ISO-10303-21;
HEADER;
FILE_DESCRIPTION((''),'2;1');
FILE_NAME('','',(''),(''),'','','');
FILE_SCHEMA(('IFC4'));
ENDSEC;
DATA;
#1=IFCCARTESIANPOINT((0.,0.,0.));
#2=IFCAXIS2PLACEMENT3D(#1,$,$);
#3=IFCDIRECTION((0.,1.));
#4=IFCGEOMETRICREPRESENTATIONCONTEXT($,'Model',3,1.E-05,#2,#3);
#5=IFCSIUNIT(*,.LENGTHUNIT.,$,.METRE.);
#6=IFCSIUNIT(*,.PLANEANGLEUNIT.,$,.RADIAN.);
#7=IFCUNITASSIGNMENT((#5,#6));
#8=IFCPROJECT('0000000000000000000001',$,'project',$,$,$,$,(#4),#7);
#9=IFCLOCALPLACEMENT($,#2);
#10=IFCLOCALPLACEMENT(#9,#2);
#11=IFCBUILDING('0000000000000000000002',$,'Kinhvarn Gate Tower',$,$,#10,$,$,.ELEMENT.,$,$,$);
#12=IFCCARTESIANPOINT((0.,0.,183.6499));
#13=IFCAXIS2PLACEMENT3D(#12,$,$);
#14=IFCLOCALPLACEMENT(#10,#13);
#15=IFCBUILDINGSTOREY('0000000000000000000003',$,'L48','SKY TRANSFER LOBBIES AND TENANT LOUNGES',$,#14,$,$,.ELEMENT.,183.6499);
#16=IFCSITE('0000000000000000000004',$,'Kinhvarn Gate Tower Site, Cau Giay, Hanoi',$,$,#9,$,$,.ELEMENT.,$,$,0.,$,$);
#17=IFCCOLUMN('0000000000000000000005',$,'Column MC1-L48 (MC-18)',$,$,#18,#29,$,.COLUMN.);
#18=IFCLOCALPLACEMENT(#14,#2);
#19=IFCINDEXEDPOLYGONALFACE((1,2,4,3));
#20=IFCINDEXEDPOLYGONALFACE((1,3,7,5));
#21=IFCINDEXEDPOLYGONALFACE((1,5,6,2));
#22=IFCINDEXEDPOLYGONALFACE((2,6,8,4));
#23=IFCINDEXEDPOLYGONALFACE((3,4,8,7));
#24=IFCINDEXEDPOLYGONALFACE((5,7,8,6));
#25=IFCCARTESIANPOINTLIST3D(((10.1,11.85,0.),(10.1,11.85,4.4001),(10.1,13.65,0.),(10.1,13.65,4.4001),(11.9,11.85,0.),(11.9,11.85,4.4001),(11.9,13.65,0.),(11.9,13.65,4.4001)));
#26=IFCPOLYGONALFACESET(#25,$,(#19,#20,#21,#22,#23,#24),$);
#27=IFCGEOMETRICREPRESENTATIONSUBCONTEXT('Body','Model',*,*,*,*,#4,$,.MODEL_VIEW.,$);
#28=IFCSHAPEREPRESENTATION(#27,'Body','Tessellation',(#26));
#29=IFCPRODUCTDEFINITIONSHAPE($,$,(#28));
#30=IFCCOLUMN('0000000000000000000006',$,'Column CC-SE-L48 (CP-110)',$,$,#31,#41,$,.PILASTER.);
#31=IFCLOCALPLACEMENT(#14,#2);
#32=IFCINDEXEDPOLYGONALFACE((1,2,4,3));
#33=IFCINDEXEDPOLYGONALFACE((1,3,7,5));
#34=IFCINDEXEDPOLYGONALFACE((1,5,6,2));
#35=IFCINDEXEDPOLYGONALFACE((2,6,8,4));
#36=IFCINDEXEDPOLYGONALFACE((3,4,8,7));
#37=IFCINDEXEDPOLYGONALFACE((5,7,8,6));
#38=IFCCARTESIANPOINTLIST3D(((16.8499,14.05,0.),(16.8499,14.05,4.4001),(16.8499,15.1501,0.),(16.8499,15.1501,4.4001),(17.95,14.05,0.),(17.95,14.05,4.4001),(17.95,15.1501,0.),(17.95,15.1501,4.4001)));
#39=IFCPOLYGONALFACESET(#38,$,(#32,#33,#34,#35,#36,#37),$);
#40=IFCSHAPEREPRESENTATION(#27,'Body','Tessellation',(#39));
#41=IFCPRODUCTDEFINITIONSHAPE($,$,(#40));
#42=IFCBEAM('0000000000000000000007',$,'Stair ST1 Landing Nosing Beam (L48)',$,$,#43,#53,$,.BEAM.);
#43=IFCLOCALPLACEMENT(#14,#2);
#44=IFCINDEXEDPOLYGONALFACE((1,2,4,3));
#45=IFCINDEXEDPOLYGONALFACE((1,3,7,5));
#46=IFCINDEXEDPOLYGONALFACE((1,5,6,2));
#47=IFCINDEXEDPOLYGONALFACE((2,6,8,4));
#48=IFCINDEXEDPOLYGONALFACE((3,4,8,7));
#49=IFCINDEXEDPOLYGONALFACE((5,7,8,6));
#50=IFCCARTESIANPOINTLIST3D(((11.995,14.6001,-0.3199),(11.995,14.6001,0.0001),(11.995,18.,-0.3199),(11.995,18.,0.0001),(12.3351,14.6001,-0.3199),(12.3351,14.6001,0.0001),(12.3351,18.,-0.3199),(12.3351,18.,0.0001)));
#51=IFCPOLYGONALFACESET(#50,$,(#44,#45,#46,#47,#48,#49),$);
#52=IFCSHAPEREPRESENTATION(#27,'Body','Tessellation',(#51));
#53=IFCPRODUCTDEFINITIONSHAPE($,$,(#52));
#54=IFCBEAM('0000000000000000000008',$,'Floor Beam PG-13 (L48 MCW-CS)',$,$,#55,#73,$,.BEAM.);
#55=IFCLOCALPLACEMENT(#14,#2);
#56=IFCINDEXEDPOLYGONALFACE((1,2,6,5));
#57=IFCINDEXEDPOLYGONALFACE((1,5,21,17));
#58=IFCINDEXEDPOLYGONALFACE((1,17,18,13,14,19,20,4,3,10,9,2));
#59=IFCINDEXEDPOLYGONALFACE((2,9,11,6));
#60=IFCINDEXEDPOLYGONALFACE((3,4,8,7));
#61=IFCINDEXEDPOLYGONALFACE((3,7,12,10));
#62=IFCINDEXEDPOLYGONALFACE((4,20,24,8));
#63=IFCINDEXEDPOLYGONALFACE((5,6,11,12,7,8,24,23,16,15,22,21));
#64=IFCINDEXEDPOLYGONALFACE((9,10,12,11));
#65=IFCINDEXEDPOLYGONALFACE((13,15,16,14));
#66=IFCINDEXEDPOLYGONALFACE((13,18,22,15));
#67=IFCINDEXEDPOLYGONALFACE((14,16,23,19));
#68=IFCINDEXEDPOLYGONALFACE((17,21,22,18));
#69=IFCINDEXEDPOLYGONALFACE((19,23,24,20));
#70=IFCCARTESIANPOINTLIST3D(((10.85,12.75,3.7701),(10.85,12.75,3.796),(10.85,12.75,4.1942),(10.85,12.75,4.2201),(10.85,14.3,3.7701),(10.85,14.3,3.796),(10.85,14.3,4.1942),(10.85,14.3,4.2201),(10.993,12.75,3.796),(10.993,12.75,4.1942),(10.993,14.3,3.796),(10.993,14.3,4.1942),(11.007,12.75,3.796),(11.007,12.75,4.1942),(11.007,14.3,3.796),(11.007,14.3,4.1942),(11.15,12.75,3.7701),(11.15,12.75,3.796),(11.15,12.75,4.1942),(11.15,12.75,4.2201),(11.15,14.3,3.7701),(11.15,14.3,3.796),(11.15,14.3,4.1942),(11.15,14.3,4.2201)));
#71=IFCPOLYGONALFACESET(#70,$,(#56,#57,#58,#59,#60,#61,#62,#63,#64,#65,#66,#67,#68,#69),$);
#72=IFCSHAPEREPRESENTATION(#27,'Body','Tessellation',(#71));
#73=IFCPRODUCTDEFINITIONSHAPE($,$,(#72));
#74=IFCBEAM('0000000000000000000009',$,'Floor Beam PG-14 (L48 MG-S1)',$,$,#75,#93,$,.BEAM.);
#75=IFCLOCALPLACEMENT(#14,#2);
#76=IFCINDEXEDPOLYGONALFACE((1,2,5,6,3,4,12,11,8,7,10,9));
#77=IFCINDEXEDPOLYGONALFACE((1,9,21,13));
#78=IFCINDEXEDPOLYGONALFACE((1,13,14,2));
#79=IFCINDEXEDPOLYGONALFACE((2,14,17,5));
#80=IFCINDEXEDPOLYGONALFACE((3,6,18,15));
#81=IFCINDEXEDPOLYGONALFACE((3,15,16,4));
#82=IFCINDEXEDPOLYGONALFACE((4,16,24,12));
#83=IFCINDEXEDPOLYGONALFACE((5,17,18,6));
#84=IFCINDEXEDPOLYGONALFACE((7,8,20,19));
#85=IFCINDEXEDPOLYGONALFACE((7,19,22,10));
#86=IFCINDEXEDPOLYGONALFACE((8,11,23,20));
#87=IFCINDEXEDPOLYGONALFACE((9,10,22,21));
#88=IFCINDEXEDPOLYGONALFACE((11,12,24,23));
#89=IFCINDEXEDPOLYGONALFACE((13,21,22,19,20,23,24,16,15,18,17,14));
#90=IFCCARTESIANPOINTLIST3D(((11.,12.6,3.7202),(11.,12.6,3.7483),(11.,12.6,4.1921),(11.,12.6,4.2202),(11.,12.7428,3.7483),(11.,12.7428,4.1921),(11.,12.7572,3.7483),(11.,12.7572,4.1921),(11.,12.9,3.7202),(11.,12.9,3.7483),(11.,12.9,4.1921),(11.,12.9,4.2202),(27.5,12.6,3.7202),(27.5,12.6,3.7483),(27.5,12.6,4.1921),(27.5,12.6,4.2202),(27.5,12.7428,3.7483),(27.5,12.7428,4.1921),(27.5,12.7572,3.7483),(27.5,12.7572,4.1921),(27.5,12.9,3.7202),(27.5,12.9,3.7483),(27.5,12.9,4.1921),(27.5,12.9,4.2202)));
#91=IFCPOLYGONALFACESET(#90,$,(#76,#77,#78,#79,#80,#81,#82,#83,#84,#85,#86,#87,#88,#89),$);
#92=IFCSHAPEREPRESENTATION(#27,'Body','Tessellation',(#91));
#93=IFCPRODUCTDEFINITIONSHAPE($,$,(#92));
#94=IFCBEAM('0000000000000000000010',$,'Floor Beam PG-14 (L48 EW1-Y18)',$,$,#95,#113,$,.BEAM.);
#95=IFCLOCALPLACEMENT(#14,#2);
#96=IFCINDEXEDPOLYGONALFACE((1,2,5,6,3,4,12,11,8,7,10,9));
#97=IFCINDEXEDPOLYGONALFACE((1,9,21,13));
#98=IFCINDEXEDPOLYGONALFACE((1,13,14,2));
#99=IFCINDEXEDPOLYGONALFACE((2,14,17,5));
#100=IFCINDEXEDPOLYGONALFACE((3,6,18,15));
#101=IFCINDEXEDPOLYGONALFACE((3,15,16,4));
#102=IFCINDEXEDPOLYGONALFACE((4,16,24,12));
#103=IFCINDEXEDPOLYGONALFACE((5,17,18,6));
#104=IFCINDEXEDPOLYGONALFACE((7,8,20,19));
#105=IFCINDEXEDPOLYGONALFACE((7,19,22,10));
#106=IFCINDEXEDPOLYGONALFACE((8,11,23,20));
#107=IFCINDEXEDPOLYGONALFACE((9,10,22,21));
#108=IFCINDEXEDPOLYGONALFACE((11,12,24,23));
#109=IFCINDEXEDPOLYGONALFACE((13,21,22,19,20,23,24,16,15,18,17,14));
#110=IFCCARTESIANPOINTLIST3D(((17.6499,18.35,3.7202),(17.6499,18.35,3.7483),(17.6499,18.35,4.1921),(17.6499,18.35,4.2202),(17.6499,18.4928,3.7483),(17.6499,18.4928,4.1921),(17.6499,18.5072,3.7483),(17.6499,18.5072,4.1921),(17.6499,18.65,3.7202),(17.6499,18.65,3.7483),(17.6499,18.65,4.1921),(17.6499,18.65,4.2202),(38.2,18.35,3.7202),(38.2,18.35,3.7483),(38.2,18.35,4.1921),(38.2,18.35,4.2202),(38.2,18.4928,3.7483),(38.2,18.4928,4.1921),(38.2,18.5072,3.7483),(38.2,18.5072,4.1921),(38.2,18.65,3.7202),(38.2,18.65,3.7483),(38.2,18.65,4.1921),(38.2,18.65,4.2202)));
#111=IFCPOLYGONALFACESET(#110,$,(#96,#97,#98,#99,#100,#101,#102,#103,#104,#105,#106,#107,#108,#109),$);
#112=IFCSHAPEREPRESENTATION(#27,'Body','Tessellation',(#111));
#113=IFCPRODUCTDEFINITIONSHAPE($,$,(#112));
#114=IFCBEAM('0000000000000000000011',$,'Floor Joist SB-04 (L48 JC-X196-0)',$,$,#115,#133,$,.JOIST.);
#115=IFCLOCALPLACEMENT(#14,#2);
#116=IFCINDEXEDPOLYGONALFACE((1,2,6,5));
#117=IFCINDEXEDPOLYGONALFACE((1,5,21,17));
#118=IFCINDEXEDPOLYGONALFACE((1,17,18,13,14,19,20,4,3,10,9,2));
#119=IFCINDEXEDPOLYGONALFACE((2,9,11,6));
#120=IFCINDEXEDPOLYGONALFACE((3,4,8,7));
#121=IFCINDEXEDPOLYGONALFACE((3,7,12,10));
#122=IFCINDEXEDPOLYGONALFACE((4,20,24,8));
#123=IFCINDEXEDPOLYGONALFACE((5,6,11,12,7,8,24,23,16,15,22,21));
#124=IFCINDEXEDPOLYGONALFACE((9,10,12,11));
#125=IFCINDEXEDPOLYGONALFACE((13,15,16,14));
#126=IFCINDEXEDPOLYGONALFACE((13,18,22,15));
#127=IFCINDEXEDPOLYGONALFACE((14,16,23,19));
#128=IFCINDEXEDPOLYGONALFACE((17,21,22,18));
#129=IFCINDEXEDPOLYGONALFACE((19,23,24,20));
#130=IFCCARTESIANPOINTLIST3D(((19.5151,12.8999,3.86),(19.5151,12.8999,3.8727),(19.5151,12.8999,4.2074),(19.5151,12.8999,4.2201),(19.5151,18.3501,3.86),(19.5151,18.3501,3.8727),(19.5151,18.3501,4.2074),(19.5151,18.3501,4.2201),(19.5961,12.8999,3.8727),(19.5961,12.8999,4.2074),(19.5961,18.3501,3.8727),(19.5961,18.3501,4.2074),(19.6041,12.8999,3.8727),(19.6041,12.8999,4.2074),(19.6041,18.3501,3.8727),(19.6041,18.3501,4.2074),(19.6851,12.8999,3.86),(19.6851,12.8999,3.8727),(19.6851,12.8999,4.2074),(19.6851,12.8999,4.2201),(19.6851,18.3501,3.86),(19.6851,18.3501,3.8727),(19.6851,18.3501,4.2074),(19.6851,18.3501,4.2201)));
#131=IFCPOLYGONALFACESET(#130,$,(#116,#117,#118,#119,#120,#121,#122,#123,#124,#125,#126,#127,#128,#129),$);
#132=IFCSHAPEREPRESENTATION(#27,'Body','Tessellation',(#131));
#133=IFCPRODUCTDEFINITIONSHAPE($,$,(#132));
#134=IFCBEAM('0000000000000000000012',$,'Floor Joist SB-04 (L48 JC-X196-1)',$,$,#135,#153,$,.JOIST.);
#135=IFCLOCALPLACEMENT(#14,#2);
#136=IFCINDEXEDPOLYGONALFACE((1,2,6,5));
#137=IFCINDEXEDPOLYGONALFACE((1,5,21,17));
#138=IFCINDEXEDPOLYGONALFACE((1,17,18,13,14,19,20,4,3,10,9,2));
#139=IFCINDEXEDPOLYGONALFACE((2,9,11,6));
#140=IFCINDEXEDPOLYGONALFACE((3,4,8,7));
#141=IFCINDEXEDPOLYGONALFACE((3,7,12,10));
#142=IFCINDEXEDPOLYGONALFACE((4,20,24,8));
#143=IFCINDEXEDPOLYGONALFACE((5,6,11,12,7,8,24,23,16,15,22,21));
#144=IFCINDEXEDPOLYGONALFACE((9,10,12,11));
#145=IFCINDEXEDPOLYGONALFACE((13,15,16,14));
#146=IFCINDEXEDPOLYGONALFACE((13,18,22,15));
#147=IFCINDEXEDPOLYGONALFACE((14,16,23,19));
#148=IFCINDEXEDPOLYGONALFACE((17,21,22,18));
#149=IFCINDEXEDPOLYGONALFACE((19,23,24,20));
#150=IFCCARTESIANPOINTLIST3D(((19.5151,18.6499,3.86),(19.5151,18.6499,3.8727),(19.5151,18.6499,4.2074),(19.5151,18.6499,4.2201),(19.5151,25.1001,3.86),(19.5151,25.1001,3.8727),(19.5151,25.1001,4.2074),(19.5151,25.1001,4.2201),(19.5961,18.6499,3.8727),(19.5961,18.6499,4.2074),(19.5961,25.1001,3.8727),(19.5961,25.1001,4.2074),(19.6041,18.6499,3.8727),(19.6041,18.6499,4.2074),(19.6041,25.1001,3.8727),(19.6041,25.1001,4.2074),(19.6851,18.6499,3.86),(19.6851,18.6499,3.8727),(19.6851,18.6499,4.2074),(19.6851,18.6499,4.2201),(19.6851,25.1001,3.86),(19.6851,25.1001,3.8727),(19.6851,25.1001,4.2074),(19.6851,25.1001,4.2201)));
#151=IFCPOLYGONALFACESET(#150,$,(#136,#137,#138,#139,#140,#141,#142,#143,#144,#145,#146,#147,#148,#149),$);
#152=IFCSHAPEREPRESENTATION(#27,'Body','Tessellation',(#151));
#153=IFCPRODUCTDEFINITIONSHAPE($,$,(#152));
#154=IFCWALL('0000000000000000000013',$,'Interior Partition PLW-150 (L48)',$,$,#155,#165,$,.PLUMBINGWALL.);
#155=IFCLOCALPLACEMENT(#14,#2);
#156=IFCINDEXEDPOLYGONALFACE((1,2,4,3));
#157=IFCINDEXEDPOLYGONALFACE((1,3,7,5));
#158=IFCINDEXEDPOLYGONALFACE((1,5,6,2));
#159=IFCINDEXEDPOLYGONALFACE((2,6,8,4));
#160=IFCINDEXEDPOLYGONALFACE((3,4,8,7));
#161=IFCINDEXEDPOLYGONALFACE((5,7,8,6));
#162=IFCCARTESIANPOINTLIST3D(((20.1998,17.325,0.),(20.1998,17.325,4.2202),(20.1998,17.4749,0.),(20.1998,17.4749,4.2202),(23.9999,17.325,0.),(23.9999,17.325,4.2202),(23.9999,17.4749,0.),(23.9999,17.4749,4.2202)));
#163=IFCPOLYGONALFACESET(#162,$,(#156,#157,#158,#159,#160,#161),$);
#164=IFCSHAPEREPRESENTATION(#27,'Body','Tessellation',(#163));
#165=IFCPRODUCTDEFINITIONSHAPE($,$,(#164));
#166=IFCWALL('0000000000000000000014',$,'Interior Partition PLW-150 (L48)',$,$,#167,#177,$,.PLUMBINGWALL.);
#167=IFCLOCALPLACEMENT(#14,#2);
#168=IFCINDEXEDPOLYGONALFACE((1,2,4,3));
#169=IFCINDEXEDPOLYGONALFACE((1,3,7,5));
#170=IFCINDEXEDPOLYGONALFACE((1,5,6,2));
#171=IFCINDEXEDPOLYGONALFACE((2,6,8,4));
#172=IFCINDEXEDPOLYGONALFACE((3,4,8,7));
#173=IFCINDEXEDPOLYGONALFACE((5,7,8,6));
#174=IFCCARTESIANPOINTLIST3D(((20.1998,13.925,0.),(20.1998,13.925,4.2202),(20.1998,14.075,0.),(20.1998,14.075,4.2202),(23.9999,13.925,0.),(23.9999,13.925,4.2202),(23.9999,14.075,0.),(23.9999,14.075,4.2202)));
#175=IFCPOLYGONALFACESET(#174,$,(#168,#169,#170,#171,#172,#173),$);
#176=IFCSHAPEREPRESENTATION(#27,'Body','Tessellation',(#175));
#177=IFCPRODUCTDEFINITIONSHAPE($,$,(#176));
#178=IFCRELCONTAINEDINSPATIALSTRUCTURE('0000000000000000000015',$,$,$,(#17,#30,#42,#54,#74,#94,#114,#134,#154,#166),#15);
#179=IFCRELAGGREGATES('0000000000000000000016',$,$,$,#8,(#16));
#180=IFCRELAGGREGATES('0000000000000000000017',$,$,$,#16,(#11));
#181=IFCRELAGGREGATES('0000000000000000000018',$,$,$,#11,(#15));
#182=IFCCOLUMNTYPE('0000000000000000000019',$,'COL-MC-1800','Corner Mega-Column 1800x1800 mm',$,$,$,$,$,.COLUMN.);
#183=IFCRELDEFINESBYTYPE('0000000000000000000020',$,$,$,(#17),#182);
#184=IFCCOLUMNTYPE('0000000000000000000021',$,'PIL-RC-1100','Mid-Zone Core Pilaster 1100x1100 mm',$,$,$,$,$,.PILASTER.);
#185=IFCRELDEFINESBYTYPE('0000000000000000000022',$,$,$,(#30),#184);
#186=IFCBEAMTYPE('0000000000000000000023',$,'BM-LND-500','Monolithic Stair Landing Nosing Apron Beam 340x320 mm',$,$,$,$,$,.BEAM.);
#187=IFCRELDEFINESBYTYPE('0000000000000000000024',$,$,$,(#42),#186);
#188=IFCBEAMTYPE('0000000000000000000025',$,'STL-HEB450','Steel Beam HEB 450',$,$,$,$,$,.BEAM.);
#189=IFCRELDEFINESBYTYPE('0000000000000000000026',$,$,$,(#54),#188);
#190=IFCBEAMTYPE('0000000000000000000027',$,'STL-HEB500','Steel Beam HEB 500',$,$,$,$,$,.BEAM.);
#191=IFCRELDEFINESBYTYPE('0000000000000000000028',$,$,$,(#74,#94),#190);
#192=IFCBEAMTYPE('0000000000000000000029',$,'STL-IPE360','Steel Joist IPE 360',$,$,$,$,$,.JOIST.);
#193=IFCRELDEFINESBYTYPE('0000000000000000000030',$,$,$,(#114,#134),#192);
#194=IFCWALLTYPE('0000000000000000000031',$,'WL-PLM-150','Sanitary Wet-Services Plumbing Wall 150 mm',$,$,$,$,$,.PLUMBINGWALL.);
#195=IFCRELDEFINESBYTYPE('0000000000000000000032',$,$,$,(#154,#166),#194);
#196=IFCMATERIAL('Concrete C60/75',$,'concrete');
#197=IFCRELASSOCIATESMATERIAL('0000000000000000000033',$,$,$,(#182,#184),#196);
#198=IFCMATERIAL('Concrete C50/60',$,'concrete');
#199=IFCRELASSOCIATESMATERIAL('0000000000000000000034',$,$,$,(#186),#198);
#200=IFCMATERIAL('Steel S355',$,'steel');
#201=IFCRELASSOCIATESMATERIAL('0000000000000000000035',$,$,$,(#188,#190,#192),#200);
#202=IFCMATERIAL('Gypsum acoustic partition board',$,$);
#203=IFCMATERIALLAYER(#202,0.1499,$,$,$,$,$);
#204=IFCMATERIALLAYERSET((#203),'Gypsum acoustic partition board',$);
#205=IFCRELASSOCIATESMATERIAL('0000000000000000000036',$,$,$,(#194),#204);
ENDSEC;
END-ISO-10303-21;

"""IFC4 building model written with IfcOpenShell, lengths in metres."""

from ifc_helpers import new_model, si_unit, direction, frame, frame_2d, origin, origin_2d, place, context, subcontext, project, spatial, rectangle, i_section, extrude, material, layer, layer_set, material_profile, profile_set, type_object, element, save


model = new_model("IFC4")

# Units and contexts
model_context = context("Model", 3, precision=1e-05, world=origin(), true_north=direction((0.0, 1.0)))
body_context = subcontext(model_context, "Body", "Model", "MODEL_VIEW")
ifc_project = project(units=[si_unit("LENGTHUNIT", "METRE"), si_unit("PLANEANGLEUNIT", "RADIAN")], contexts=[model_context])

# Site, building, storey
site_placement = place(None, origin())
site = spatial("IfcSite", under=ifc_project, at=site_placement, Name="Kinhvarn Gate Tower Site, Cau Giay, Hanoi", CompositionType="ELEMENT", RefElevation=0.0)
building_placement = place(site_placement, origin())
building = spatial("IfcBuilding", under=site, at=building_placement, Name="Kinhvarn Gate Tower", CompositionType="ELEMENT")
storey_placement = place(building_placement, frame((0.0, 0.0, 183.6499)))
storey = spatial("IfcBuildingStorey", under=building, at=storey_placement, Name="L48", Description="SKY TRANSFER LOBBIES AND TENANT LOUNGES", CompositionType="ELEMENT", Elevation=183.6499)

# Columns
ifc_material_1 = material(Name="Concrete C60/75", Category="concrete")
ifc_material_profile_1 = material_profile(ifc_material_1, rectangle(XDim=1.8, YDim=1.8, at=origin_2d()), Name="RC 1800x1800")
ifc_profile_set_1 = profile_set([ifc_material_profile_1], Name="Concrete C60/75")
column_type_1 = type_object("IfcColumnType", Name="COL-MC-1800", Description="Corner Mega-Column 1800x1800 mm", PredefinedType="COLUMN", material=ifc_profile_set_1)
column_1_placement = place(storey_placement, frame((11.0, 12.75, 0.0), z_axis=(0.0, 0.0, 1.0), x_axis=(1.0, 0.0, 0.0)))
element("IfcColumn", 1, at=column_1_placement, inside=storey, type_object=column_type_1, Name="Column MC1-L48 (MC-18)", PredefinedType="COLUMN", context=body_context, shape_type="SweptSolid", body=[
    extrude(rectangle(XDim=1.8, YDim=1.8, at=origin_2d()), origin(), (0.0, 0.0, 1.0), 4.4001),
])
ifc_material_profile_2 = material_profile(ifc_material_1, rectangle(XDim=1.1001, YDim=1.1001, at=origin_2d()), Name="RC 1100x1100")
ifc_profile_set_2 = profile_set([ifc_material_profile_2], Name="Concrete C60/75")
column_type_2 = type_object("IfcColumnType", Name="PIL-RC-1100", Description="Mid-Zone Core Pilaster 1100x1100 mm", PredefinedType="PILASTER", material=ifc_profile_set_2)
column_2_placement = place(storey_placement, frame((17.3999, 14.6001, 0.0), z_axis=(0.0, 0.0, 1.0), x_axis=(1.0, 0.0, 0.0)))
element("IfcColumn", 2, at=column_2_placement, inside=storey, type_object=column_type_2, Name="Column CC-SE-L48 (CP-110)", PredefinedType="PILASTER", context=body_context, shape_type="SweptSolid", body=[
    extrude(rectangle(XDim=1.1001, YDim=1.1001, at=origin_2d()), origin(), (0.0, 0.0, 1.0), 4.4001),
])

# Beams
ifc_material_2 = material(Name="Concrete C50/60", Category="concrete")
ifc_material_profile_3 = material_profile(ifc_material_2, rectangle(XDim=0.3401, YDim=0.3201, at=origin_2d()), Name="RC 340x320")
ifc_profile_set_3 = profile_set([ifc_material_profile_3], Name="Concrete C50/60")
beam_type_1 = type_object("IfcBeamType", Name="BM-LND-500", Description="Monolithic Stair Landing Nosing Apron Beam 340x320 mm", PredefinedType="BEAM", material=ifc_profile_set_3)
beam_1_placement = place(storey_placement, frame((12.165, 14.6001, -0.1599), z_axis=(0.0, 1.0, 0.0), x_axis=(-1.0, 0.0, 0.0)))
element("IfcBeam", 3, at=beam_1_placement, inside=storey, type_object=beam_type_1, Name="Stair ST1 Landing Nosing Beam (L48)", PredefinedType="BEAM", context=body_context, shape_type="SweptSolid", body=[
    extrude(rectangle(XDim=0.3401, YDim=0.3201, at=origin_2d()), origin(), (0.0, 0.0, 1.0), 3.3999),
])
ifc_material_3 = material(Name="Steel S355", Category="steel")
ifc_material_profile_4 = material_profile(ifc_material_3, i_section(OverallWidth=0.3, OverallDepth=0.45, WebThickness=0.0139, FlangeThickness=0.0259, at=origin_2d()), Name="HEB 450")
ifc_profile_set_4 = profile_set([ifc_material_profile_4], Name="Steel S355")
beam_type_2 = type_object("IfcBeamType", Name="STL-HEB450", Description="Steel Beam HEB 450", PredefinedType="BEAM", material=ifc_profile_set_4)
beam_2_placement = place(storey_placement, frame((11.0, 12.75, 3.9951), z_axis=(0.0, 1.0, 0.0), x_axis=(-1.0, 0.0, 0.0)))
element("IfcBeam", 4, at=beam_2_placement, inside=storey, type_object=beam_type_2, Name="Floor Beam PG-13 (L48 MCW-CS)", PredefinedType="BEAM", context=body_context, shape_type="SweptSolid", body=[
    extrude(i_section(OverallWidth=0.3, OverallDepth=0.45, WebThickness=0.0139, FlangeThickness=0.0259, at=origin_2d()), origin(), (0.0, 0.0, 1.0), 1.55),
])
ifc_material_profile_5 = material_profile(ifc_material_3, i_section(OverallWidth=0.3, OverallDepth=0.5, WebThickness=0.0144, FlangeThickness=0.0281, at=origin_2d()), Name="HEB 500")
ifc_profile_set_5 = profile_set([ifc_material_profile_5], Name="Steel S355")
beam_type_3 = type_object("IfcBeamType", Name="STL-HEB500", Description="Steel Beam HEB 500", PredefinedType="BEAM", material=ifc_profile_set_5)
beam_3_placement = place(storey_placement, frame((11.0, 12.75, 3.9702), z_axis=(1.0, 0.0, 0.0), x_axis=(0.0, 1.0, 0.0)))
element("IfcBeam", 5, at=beam_3_placement, inside=storey, type_object=beam_type_3, Name="Floor Beam PG-14 (L48 MG-S1)", PredefinedType="BEAM", context=body_context, shape_type="SweptSolid", body=[
    extrude(i_section(OverallWidth=0.3, OverallDepth=0.5, WebThickness=0.0144, FlangeThickness=0.0281, at=origin_2d()), origin(), (0.0, 0.0, 1.0), 16.5),
])
beam_4_placement = place(storey_placement, frame((17.6499, 18.5, 3.9702), z_axis=(1.0, 0.0, 0.0), x_axis=(0.0, 1.0, 0.0)))
element("IfcBeam", 6, at=beam_4_placement, inside=storey, type_object=beam_type_3, Name="Floor Beam PG-14 (L48 EW1-Y18)", PredefinedType="BEAM", context=body_context, shape_type="SweptSolid", body=[
    extrude(i_section(OverallWidth=0.3, OverallDepth=0.5, WebThickness=0.0144, FlangeThickness=0.0281, at=origin_2d()), origin(), (0.0, 0.0, 1.0), 20.55),
])
ifc_material_profile_6 = material_profile(ifc_material_3, i_section(OverallWidth=0.1699, OverallDepth=0.3601, WebThickness=0.0081, FlangeThickness=0.0127, at=origin_2d()), Name="IPE 360")
ifc_profile_set_6 = profile_set([ifc_material_profile_6], Name="Steel S355")
beam_type_4 = type_object("IfcBeamType", Name="STL-IPE360", Description="Steel Joist IPE 360", PredefinedType="JOIST", material=ifc_profile_set_6)
beam_5_placement = place(storey_placement, frame((19.6001, 12.8999, 4.04), z_axis=(0.0, 1.0, 0.0), x_axis=(-1.0, 0.0, 0.0)))
element("IfcBeam", 7, at=beam_5_placement, inside=storey, type_object=beam_type_4, Name="Floor Joist SB-04 (L48 JC-X196-0)", PredefinedType="JOIST", context=body_context, shape_type="SweptSolid", body=[
    extrude(i_section(OverallWidth=0.1699, OverallDepth=0.3601, WebThickness=0.0081, FlangeThickness=0.0127, at=origin_2d()), origin(), (0.0, 0.0, 1.0), 5.4502),
])
beam_6_placement = place(storey_placement, frame((19.6001, 18.6499, 4.04), z_axis=(0.0, 1.0, 0.0), x_axis=(-1.0, 0.0, 0.0)))
element("IfcBeam", 8, at=beam_6_placement, inside=storey, type_object=beam_type_4, Name="Floor Joist SB-04 (L48 JC-X196-1)", PredefinedType="JOIST", context=body_context, shape_type="SweptSolid", body=[
    extrude(i_section(OverallWidth=0.1699, OverallDepth=0.3601, WebThickness=0.0081, FlangeThickness=0.0127, at=origin_2d()), origin(), (0.0, 0.0, 1.0), 6.4502),
])

# Walls
ifc_material_4 = material(Name="Gypsum acoustic partition board")
ifc_layer_1 = layer(ifc_material_4, 0.1499)
ifc_layer_set_1 = layer_set([ifc_layer_1], Name="Gypsum acoustic partition board")
wall_type_1 = type_object("IfcWallType", Name="WL-PLM-150", Description="Sanitary Wet-Services Plumbing Wall 150 mm", PredefinedType="PLUMBINGWALL", material=ifc_layer_set_1)
for number, where, z_axis, x_axis, name in (
    (9, (20.2, 17.3999, 0.0), (0.0, 0.0, 1.0), (1.0, 0.0, 0.0), "Interior Partition PLW-150 (L48)"),
    (10, (20.2, 14.0, 0.0), (0.0, 0.0, 1.0), (1.0, 0.0, 0.0), "Interior Partition PLW-150 (L48)"),
):
    element("IfcWall", number, at=place(storey_placement, frame(where, z_axis=z_axis, x_axis=x_axis)), inside=storey, type_object=wall_type_1, Name=name, PredefinedType="PLUMBINGWALL", context=body_context, shape_type="SweptSolid", body=[
        extrude(rectangle(XDim=3.8, YDim=0.1499, at=frame_2d((1.8999, 0.0))), origin(), (0.0, 0.0, 1.0), 4.2202),
    ])

save(model, "model.ifc")
